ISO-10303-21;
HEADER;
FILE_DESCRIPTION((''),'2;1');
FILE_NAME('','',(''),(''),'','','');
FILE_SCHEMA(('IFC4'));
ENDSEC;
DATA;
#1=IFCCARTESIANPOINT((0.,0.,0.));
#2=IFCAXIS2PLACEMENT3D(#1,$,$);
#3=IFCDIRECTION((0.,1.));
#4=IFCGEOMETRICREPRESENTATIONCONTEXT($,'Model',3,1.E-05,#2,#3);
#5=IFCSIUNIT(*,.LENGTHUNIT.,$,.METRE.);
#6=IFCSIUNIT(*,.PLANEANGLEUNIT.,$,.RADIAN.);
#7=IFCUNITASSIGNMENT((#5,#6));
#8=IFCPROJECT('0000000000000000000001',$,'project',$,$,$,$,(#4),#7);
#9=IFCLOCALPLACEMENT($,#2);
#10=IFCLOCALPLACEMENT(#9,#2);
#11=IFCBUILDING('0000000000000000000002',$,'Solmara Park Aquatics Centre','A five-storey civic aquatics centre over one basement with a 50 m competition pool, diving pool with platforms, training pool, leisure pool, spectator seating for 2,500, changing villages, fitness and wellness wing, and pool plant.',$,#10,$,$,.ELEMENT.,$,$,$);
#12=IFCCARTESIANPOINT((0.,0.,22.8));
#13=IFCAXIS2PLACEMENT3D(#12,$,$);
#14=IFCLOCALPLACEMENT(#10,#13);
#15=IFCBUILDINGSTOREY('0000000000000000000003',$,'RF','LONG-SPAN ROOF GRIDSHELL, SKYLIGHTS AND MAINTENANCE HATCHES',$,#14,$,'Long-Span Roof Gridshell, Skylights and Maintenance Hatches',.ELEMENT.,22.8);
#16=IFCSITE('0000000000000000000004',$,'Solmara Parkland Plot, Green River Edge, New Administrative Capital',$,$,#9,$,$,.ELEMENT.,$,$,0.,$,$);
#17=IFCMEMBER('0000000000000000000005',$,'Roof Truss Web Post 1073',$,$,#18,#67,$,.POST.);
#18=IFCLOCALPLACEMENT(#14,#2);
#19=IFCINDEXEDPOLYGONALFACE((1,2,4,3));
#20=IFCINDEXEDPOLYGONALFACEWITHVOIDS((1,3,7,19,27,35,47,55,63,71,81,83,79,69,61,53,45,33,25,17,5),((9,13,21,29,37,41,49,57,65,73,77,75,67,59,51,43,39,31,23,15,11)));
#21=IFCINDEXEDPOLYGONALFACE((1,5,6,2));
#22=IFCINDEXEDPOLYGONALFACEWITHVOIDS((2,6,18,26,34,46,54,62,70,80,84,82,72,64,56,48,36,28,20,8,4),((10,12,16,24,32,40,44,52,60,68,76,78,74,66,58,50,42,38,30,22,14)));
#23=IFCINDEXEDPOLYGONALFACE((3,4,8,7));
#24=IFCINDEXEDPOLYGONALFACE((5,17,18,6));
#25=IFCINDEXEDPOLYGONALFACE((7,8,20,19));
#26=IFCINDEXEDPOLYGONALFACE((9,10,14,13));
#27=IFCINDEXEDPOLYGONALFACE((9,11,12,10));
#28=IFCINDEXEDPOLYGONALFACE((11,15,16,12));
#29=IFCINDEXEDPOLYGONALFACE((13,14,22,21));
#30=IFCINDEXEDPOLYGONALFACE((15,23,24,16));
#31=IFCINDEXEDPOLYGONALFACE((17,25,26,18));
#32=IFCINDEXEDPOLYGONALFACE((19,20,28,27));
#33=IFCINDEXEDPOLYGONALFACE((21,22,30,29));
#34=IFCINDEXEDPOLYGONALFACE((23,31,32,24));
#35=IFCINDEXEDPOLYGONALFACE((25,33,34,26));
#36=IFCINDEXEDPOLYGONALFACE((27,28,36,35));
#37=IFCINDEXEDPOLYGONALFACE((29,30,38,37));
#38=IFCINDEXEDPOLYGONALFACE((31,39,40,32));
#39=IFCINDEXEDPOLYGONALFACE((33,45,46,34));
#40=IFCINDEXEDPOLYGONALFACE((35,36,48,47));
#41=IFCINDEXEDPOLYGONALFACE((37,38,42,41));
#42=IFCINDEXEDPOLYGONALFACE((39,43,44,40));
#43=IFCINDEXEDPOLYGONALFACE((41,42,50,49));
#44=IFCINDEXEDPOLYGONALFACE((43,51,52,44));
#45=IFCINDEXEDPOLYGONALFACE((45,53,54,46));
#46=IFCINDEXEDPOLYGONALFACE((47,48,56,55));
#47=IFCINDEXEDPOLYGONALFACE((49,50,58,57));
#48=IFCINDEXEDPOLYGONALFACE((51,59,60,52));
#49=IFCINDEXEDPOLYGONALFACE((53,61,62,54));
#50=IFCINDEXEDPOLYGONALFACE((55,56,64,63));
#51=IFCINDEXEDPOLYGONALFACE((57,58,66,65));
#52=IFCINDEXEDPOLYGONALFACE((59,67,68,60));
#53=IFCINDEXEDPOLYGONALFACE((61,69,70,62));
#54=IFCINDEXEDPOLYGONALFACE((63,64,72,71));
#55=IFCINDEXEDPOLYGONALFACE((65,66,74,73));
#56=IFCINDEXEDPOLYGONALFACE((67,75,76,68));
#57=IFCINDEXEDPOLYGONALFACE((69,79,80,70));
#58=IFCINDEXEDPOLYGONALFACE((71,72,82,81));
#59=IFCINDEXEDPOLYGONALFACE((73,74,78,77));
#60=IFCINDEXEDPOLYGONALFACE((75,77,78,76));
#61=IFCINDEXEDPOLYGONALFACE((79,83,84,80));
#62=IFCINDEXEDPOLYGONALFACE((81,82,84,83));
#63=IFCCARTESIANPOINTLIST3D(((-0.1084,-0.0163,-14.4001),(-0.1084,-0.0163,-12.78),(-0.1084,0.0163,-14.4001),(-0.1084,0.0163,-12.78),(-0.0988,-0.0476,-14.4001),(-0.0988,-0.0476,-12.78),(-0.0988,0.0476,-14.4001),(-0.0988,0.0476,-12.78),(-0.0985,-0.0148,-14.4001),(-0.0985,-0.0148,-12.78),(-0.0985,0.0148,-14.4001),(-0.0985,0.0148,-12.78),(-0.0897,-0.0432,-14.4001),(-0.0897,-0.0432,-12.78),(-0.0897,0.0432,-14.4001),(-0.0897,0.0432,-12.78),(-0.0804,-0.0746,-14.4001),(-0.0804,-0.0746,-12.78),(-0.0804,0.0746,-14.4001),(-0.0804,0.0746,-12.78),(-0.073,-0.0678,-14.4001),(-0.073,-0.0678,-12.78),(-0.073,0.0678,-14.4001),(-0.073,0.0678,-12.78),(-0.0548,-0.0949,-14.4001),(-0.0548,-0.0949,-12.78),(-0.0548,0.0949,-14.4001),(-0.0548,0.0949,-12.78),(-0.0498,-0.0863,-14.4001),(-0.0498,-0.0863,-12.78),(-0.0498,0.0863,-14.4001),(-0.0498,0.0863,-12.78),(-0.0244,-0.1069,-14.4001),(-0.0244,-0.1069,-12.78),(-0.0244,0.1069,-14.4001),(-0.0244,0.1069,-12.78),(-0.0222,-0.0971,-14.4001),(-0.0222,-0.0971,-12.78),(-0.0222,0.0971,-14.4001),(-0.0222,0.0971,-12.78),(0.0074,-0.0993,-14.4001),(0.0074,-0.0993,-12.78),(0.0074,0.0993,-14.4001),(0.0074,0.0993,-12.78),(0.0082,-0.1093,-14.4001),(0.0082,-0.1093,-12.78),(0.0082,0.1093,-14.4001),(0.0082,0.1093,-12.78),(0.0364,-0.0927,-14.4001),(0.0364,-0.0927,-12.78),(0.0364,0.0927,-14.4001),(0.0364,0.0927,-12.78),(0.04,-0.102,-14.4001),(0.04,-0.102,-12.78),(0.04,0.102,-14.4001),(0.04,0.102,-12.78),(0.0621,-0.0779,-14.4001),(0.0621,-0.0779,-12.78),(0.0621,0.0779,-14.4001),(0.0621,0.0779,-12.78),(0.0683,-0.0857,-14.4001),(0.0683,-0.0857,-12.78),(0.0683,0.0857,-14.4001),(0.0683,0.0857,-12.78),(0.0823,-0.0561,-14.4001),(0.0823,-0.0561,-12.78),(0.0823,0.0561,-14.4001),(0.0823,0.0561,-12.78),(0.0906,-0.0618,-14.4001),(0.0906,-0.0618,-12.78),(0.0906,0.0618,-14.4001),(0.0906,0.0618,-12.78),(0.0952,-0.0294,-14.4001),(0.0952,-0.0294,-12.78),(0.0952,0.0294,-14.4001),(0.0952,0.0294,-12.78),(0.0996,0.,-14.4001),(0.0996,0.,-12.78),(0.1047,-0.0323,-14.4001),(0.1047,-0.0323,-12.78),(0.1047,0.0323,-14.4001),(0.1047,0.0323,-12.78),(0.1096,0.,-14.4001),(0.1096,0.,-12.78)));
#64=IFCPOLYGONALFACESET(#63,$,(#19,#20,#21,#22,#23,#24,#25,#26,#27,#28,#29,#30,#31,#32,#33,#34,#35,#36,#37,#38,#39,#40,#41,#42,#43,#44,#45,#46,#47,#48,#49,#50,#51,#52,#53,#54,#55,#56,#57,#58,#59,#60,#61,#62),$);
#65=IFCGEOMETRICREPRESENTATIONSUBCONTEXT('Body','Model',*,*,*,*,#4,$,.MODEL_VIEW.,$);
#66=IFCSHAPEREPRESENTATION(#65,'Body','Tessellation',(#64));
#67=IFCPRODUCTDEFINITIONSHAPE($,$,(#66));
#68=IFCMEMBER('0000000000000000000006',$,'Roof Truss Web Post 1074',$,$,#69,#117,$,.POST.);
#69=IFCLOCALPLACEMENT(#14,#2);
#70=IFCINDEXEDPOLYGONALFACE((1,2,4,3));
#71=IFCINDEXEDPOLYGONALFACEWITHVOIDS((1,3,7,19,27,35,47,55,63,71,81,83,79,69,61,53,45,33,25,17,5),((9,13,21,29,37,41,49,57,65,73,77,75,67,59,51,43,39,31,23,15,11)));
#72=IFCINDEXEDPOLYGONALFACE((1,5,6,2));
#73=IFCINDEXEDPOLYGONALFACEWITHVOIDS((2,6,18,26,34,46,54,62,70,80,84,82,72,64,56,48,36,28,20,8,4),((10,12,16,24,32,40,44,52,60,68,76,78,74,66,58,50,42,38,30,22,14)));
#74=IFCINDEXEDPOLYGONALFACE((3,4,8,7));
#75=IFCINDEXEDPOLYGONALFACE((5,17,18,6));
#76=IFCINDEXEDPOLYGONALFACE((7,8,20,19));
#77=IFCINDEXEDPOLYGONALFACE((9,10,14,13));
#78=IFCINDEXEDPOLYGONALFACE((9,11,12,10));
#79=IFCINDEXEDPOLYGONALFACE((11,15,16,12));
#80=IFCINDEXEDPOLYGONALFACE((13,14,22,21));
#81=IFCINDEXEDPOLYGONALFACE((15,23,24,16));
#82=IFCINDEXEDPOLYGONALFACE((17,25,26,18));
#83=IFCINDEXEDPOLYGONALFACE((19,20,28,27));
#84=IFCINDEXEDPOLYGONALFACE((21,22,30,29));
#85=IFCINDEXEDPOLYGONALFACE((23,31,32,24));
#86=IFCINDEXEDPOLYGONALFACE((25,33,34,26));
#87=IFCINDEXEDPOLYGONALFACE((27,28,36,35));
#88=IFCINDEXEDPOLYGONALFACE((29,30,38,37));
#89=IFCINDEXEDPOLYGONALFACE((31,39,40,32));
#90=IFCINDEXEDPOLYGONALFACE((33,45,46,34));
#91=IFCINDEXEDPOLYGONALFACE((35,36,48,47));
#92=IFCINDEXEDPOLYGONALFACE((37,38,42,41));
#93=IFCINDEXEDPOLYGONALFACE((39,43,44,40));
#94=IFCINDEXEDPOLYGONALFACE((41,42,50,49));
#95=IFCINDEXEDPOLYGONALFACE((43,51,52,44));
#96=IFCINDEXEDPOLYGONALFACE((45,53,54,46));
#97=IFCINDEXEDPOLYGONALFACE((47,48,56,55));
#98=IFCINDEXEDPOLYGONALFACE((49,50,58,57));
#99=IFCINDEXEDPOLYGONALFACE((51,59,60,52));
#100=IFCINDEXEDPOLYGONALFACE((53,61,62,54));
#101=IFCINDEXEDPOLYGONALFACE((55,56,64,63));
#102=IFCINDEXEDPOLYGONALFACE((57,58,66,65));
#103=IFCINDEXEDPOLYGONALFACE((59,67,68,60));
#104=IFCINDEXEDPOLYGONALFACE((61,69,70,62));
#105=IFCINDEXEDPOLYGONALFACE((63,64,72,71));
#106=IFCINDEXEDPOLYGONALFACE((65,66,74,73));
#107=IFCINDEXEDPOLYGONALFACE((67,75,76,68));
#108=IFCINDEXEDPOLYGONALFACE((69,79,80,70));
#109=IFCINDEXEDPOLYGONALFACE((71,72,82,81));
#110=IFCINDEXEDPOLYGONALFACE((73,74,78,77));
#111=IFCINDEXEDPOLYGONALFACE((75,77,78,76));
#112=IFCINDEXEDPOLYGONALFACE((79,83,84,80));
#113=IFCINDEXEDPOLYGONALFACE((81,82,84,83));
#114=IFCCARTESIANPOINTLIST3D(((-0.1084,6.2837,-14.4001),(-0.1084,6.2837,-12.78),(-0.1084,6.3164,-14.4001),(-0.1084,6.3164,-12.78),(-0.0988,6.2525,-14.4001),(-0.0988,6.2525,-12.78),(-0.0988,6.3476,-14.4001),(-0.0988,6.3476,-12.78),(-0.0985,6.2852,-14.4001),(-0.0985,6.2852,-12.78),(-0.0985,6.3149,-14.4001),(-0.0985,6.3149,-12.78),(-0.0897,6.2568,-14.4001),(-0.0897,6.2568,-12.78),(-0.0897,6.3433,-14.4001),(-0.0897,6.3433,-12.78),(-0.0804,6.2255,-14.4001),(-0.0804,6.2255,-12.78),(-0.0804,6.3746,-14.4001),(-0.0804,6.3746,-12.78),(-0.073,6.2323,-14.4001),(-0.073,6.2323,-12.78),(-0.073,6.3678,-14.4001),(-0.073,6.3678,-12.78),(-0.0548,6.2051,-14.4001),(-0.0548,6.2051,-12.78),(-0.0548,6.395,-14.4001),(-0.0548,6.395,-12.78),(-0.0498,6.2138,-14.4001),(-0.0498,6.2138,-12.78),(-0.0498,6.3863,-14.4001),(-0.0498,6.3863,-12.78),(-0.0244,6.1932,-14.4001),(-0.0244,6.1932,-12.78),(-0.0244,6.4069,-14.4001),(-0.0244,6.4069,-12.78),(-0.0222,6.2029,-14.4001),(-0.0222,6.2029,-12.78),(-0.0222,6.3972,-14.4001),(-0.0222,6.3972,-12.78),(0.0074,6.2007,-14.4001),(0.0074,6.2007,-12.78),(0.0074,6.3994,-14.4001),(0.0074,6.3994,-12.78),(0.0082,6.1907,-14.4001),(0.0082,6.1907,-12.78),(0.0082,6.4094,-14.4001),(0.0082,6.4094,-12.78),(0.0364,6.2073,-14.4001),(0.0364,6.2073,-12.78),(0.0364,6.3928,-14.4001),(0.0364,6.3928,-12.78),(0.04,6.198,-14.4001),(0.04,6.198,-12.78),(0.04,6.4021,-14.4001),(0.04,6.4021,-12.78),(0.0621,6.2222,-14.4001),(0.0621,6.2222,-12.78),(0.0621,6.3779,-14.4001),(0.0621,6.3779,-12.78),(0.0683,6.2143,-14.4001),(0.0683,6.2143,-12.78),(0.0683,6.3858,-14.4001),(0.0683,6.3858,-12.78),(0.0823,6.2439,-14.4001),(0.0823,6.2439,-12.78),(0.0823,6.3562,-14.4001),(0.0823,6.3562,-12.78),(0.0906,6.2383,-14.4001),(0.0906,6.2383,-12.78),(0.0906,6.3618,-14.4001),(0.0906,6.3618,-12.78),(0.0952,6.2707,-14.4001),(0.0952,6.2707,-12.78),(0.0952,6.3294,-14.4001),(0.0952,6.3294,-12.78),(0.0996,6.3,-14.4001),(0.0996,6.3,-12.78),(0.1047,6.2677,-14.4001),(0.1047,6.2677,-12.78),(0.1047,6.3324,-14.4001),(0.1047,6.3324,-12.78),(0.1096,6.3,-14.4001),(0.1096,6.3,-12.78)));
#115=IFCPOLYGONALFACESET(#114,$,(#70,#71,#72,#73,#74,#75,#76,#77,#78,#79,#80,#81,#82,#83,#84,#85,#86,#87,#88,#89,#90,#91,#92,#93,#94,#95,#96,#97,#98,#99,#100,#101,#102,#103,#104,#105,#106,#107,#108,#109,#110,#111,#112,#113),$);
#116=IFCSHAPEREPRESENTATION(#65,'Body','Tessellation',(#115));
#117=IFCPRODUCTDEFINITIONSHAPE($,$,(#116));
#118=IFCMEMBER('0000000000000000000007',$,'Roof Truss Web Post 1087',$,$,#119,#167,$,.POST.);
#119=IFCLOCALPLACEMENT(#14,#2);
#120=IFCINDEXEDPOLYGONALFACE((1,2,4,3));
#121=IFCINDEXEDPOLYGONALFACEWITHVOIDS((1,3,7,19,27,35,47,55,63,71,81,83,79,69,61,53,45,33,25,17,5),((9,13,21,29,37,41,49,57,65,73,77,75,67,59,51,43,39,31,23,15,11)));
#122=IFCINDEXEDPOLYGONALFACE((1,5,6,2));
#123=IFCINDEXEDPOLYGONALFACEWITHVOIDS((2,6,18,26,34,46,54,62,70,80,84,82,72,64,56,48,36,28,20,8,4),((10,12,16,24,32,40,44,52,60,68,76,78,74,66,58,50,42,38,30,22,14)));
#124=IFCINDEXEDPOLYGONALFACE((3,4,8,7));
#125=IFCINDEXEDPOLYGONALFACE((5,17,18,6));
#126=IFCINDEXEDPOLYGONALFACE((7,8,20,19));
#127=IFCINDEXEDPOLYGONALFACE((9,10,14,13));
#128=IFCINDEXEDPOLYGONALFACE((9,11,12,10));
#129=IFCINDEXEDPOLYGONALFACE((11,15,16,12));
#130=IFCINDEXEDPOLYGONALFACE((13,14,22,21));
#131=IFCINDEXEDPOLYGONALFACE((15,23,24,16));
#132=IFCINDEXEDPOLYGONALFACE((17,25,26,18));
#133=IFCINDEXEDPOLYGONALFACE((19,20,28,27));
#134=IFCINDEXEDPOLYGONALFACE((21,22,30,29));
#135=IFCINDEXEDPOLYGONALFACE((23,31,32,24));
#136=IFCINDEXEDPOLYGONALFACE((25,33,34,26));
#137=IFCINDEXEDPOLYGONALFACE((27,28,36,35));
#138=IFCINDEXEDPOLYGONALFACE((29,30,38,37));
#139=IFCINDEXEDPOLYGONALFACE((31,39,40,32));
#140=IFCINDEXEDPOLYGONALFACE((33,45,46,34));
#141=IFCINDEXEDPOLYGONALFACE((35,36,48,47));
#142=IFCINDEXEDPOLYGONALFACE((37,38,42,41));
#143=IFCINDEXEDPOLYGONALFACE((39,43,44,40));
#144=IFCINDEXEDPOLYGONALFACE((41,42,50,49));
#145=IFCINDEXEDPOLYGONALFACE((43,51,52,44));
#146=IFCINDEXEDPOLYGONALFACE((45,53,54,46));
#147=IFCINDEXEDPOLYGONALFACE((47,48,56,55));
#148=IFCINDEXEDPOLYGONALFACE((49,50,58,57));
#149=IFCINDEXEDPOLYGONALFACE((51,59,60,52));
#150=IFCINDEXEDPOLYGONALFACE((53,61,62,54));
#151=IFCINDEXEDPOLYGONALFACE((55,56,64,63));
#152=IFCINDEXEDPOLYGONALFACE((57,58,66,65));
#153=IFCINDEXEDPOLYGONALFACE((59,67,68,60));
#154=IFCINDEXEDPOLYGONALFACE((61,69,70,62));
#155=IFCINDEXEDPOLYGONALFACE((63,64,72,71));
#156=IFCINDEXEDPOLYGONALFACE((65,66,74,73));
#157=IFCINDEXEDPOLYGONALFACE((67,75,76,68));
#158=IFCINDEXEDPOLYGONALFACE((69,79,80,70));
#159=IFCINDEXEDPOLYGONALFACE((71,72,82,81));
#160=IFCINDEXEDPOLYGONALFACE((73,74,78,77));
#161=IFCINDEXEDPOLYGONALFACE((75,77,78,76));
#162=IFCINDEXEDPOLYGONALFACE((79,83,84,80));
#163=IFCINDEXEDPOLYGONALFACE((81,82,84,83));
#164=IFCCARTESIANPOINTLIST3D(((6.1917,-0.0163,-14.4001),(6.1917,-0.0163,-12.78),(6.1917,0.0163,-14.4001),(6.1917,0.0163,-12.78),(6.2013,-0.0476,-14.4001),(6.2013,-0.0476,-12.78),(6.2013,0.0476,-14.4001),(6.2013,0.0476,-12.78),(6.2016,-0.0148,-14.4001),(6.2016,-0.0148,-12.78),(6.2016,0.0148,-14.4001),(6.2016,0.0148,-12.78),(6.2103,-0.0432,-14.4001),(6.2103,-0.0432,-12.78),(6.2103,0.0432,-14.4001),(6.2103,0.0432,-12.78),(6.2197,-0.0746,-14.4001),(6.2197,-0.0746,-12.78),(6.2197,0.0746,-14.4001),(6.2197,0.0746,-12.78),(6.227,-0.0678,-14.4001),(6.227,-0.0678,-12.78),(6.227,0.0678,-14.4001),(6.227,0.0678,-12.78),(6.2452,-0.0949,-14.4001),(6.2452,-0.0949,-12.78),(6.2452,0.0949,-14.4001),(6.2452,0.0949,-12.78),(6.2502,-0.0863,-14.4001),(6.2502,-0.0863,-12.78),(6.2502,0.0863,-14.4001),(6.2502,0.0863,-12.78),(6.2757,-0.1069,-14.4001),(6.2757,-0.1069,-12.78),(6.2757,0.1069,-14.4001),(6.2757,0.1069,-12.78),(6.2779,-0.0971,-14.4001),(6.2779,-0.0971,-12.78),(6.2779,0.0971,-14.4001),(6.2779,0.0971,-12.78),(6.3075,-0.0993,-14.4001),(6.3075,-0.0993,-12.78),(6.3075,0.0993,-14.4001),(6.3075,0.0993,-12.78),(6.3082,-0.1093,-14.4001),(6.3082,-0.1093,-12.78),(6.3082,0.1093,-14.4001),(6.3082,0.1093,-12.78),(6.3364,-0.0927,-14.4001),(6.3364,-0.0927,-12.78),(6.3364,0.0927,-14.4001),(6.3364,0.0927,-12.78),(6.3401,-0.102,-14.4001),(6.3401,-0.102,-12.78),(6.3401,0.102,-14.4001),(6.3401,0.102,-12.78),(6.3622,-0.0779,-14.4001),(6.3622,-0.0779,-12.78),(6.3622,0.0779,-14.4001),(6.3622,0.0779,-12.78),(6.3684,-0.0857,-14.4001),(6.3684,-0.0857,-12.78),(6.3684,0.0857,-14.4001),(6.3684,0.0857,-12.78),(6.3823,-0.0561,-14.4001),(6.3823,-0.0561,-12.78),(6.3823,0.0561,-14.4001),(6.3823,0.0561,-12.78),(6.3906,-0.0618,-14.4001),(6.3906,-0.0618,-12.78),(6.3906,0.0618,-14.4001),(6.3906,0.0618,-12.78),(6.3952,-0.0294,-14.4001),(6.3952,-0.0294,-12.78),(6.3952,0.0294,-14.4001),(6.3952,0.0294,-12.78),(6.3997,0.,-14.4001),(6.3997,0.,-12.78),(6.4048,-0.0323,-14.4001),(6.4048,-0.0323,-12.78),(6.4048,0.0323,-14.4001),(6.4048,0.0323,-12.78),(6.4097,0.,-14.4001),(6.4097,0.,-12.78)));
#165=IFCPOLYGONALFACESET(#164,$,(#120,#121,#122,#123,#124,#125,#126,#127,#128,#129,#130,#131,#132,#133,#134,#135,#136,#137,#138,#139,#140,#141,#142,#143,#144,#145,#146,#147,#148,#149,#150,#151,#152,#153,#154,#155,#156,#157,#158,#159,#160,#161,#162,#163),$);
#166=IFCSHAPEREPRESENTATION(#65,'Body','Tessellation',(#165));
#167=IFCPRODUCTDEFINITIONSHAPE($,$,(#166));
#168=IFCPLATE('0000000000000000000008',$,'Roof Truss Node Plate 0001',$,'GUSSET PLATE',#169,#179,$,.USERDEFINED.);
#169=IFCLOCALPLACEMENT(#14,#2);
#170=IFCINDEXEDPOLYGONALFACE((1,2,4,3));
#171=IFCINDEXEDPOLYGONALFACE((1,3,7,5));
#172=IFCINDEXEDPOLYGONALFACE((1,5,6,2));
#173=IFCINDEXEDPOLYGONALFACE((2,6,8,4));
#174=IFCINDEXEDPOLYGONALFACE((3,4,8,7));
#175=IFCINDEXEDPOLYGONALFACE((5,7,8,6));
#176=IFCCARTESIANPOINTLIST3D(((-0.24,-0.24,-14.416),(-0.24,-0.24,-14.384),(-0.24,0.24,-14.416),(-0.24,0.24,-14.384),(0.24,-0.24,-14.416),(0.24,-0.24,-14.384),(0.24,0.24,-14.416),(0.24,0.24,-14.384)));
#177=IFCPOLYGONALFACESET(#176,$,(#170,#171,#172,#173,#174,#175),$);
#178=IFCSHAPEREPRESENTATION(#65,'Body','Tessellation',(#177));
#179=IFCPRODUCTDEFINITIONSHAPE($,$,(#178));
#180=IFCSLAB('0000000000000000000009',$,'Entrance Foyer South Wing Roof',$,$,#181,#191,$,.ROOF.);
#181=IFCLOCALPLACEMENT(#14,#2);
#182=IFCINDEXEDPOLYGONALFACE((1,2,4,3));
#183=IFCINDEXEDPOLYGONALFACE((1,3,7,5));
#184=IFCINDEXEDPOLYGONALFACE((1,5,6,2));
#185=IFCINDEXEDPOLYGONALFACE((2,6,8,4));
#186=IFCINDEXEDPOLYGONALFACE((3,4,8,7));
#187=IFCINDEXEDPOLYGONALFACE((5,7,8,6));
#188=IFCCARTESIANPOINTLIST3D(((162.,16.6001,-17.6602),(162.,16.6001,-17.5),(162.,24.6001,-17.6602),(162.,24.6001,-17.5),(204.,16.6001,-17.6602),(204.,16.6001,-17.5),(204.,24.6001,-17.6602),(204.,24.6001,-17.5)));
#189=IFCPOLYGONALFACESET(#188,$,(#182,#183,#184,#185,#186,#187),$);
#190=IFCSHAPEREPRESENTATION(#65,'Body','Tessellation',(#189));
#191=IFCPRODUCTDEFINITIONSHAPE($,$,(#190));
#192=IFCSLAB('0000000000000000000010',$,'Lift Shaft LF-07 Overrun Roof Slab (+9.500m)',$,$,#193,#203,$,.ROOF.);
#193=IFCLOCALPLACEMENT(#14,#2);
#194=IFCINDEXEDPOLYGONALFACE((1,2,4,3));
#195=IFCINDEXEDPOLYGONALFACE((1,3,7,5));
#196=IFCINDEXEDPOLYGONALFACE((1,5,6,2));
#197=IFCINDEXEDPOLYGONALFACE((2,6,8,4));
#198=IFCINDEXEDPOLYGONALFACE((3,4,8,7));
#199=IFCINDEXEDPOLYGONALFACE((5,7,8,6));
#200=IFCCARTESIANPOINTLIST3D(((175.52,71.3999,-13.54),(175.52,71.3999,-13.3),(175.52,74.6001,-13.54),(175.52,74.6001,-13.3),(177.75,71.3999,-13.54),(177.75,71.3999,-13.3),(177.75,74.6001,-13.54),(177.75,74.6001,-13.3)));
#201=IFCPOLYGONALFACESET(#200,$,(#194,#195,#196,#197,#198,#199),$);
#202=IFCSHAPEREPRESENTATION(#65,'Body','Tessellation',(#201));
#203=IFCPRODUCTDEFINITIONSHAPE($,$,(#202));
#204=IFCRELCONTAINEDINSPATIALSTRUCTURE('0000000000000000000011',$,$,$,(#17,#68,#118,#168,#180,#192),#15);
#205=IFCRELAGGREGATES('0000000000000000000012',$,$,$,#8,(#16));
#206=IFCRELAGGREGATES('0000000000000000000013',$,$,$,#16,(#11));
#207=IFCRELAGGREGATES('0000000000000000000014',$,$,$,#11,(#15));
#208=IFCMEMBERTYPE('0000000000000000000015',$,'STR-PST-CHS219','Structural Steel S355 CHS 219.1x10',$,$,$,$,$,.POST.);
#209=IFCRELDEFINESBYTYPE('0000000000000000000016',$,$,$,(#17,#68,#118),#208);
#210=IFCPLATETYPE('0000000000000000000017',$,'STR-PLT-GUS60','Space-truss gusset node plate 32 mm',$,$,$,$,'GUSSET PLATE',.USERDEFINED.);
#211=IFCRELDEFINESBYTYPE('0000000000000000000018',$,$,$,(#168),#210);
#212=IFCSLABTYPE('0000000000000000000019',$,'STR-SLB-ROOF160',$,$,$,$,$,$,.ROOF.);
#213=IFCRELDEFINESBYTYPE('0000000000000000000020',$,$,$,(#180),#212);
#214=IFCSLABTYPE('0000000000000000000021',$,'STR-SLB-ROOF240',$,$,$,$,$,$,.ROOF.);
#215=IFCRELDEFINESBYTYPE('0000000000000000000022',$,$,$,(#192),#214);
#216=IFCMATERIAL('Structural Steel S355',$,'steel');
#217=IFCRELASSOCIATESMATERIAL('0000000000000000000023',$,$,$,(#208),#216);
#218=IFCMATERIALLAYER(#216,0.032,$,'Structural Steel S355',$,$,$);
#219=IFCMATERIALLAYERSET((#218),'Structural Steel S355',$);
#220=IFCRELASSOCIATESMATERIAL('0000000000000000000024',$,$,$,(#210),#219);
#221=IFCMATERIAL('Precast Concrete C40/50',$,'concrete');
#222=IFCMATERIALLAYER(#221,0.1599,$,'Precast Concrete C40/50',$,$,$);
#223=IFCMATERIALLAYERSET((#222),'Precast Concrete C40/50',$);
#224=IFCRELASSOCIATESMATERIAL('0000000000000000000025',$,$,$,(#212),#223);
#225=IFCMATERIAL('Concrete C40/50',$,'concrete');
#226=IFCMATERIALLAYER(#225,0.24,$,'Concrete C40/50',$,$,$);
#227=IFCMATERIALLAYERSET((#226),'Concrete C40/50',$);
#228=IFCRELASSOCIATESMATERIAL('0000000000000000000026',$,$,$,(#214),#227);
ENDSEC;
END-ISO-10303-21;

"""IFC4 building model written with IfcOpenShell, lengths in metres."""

from ifc_helpers import new_model, si_unit, direction, frame, origin, origin_2d, place, context, subcontext, project, spatial, polyline, rectangle, hollow_circle, outline, extrude, material, layer, layer_set, material_profile, profile_set, type_object, element, save


model = new_model("IFC4")

# Units and contexts
model_context = context("Model", 3, precision=1e-05, world=origin(), true_north=direction((0.0, 1.0)))
body_context = subcontext(model_context, "Body", "Model", "MODEL_VIEW")
ifc_project = project(units=[si_unit("LENGTHUNIT", "METRE"), si_unit("PLANEANGLEUNIT", "RADIAN")], contexts=[model_context])

# Site, building, storey
site_placement = place(None, origin())
site = spatial("IfcSite", under=ifc_project, at=site_placement, Name="Solmara Parkland Plot, Green River Edge, New Administrative Capital", CompositionType="ELEMENT", RefElevation=0.0)
building_placement = place(site_placement, origin())
building = spatial("IfcBuilding", under=site, at=building_placement, Name="Solmara Park Aquatics Centre", Description="A five-storey civic aquatics centre over one basement with a 50 m competition pool, diving pool with platforms, training pool, leisure pool, spectator seating for 2,500, changing villages, fitness and wellness wing, and pool plant.", CompositionType="ELEMENT")
storey_placement = place(building_placement, frame((0.0, 0.0, 22.8)))
storey = spatial("IfcBuildingStorey", under=building, at=storey_placement, Name="RF", Description="LONG-SPAN ROOF GRIDSHELL, SKYLIGHTS AND MAINTENANCE HATCHES", LongName="Long-Span Roof Gridshell, Skylights and Maintenance Hatches", CompositionType="ELEMENT", Elevation=22.8)

# Members
ifc_material_1 = material(Name="Structural Steel S355", Category="steel")
ifc_material_profile_1 = material_profile(ifc_material_1, hollow_circle(Radius=0.1096, WallThickness=0.01, at=origin_2d()), Name="CHS 219.1x10")
ifc_profile_set_1 = profile_set([ifc_material_profile_1], Name="Structural Steel S355")
member_type_1 = type_object("IfcMemberType", Name="STR-PST-CHS219", Description="Structural Steel S355 CHS 219.1x10", PredefinedType="POST", material=ifc_profile_set_1)
for number, where, z_axis, x_axis, name in (
    (1, (0.0, 0.0, -14.4001), (0.0, 0.0, 1.0), (1.0, 0.0, 0.0), "Roof Truss Web Post 1073"),
    (2, (0.0, 6.3, -14.4001), (0.0, 0.0, 1.0), (1.0, 0.0, 0.0), "Roof Truss Web Post 1074"),
    (3, (6.3, 0.0, -14.4001), (0.0, 0.0, 1.0), (1.0, 0.0, 0.0), "Roof Truss Web Post 1087"),
):
    element("IfcMember", number, at=place(storey_placement, frame(where, z_axis=z_axis, x_axis=x_axis)), inside=storey, type_object=member_type_1, Name=name, PredefinedType="POST", context=body_context, shape_type="SweptSolid", body=[
        extrude(hollow_circle(Radius=0.1096, WallThickness=0.01, at=origin_2d()), origin(), (0.0, 0.0, 1.0), 1.6201),
    ])

# Plate
ifc_layer_1 = layer(ifc_material_1, 0.032, Name="Structural Steel S355")
ifc_layer_set_1 = layer_set([ifc_layer_1], Name="Structural Steel S355")
plate_type = type_object("IfcPlateType", Name="STR-PLT-GUS60", Description="Space-truss gusset node plate 32 mm", ElementType="GUSSET PLATE", PredefinedType="USERDEFINED", material=ifc_layer_set_1)
plate_placement = place(storey_placement, frame((0.0, 0.0, -14.416), z_axis=(0.0, 0.0, 1.0), x_axis=(1.0, 0.0, 0.0)))
element("IfcPlate", 4, at=plate_placement, inside=storey, type_object=plate_type, Name="Roof Truss Node Plate 0001", ObjectType="GUSSET PLATE", PredefinedType="USERDEFINED", context=body_context, shape_type="SweptSolid", body=[
    extrude(rectangle(XDim=0.48, YDim=0.48, at=origin_2d()), origin(), (0.0, 0.0, 1.0), 0.032),
])

# Slabs
ifc_material_2 = material(Name="Precast Concrete C40/50", Category="concrete")
ifc_layer_2 = layer(ifc_material_2, 0.1599, Name="Precast Concrete C40/50")
ifc_layer_set_2 = layer_set([ifc_layer_2], Name="Precast Concrete C40/50")
slab_type_1 = type_object("IfcSlabType", Name="STR-SLB-ROOF160", PredefinedType="ROOF", material=ifc_layer_set_2)
slab_1_placement = place(storey_placement, frame((0.0, 0.0, -17.6602)))
element("IfcSlab", 5, at=slab_1_placement, inside=storey, type_object=slab_type_1, Name="Entrance Foyer South Wing Roof", PredefinedType="ROOF", context=body_context, shape_type="SweptSolid", body=[
    extrude(outline(polyline([(162.0, 16.6001), (204.0, 16.6001), (204.0, 24.6001), (162.0, 24.6001), (162.0, 16.6001)])), origin(), (0.0, 0.0, 1.0), 0.1602),
])
ifc_material_3 = material(Name="Concrete C40/50", Category="concrete")
ifc_layer_3 = layer(ifc_material_3, 0.24, Name="Concrete C40/50")
ifc_layer_set_3 = layer_set([ifc_layer_3], Name="Concrete C40/50")
slab_type_2 = type_object("IfcSlabType", Name="STR-SLB-ROOF240", PredefinedType="ROOF", material=ifc_layer_set_3)
slab_2_placement = place(storey_placement, frame((0.0, 0.0, -13.54)))
element("IfcSlab", 6, at=slab_2_placement, inside=storey, type_object=slab_type_2, Name="Lift Shaft LF-07 Overrun Roof Slab (+9.500m)", PredefinedType="ROOF", context=body_context, shape_type="SweptSolid", body=[
    extrude(outline(polyline([(175.52, 71.3999), (177.75, 71.3999), (177.75, 74.6001), (175.52, 74.6001), (175.52, 71.3999)])), origin(), (0.0, 0.0, 1.0), 0.24),
])

save(model, "model.ifc")
